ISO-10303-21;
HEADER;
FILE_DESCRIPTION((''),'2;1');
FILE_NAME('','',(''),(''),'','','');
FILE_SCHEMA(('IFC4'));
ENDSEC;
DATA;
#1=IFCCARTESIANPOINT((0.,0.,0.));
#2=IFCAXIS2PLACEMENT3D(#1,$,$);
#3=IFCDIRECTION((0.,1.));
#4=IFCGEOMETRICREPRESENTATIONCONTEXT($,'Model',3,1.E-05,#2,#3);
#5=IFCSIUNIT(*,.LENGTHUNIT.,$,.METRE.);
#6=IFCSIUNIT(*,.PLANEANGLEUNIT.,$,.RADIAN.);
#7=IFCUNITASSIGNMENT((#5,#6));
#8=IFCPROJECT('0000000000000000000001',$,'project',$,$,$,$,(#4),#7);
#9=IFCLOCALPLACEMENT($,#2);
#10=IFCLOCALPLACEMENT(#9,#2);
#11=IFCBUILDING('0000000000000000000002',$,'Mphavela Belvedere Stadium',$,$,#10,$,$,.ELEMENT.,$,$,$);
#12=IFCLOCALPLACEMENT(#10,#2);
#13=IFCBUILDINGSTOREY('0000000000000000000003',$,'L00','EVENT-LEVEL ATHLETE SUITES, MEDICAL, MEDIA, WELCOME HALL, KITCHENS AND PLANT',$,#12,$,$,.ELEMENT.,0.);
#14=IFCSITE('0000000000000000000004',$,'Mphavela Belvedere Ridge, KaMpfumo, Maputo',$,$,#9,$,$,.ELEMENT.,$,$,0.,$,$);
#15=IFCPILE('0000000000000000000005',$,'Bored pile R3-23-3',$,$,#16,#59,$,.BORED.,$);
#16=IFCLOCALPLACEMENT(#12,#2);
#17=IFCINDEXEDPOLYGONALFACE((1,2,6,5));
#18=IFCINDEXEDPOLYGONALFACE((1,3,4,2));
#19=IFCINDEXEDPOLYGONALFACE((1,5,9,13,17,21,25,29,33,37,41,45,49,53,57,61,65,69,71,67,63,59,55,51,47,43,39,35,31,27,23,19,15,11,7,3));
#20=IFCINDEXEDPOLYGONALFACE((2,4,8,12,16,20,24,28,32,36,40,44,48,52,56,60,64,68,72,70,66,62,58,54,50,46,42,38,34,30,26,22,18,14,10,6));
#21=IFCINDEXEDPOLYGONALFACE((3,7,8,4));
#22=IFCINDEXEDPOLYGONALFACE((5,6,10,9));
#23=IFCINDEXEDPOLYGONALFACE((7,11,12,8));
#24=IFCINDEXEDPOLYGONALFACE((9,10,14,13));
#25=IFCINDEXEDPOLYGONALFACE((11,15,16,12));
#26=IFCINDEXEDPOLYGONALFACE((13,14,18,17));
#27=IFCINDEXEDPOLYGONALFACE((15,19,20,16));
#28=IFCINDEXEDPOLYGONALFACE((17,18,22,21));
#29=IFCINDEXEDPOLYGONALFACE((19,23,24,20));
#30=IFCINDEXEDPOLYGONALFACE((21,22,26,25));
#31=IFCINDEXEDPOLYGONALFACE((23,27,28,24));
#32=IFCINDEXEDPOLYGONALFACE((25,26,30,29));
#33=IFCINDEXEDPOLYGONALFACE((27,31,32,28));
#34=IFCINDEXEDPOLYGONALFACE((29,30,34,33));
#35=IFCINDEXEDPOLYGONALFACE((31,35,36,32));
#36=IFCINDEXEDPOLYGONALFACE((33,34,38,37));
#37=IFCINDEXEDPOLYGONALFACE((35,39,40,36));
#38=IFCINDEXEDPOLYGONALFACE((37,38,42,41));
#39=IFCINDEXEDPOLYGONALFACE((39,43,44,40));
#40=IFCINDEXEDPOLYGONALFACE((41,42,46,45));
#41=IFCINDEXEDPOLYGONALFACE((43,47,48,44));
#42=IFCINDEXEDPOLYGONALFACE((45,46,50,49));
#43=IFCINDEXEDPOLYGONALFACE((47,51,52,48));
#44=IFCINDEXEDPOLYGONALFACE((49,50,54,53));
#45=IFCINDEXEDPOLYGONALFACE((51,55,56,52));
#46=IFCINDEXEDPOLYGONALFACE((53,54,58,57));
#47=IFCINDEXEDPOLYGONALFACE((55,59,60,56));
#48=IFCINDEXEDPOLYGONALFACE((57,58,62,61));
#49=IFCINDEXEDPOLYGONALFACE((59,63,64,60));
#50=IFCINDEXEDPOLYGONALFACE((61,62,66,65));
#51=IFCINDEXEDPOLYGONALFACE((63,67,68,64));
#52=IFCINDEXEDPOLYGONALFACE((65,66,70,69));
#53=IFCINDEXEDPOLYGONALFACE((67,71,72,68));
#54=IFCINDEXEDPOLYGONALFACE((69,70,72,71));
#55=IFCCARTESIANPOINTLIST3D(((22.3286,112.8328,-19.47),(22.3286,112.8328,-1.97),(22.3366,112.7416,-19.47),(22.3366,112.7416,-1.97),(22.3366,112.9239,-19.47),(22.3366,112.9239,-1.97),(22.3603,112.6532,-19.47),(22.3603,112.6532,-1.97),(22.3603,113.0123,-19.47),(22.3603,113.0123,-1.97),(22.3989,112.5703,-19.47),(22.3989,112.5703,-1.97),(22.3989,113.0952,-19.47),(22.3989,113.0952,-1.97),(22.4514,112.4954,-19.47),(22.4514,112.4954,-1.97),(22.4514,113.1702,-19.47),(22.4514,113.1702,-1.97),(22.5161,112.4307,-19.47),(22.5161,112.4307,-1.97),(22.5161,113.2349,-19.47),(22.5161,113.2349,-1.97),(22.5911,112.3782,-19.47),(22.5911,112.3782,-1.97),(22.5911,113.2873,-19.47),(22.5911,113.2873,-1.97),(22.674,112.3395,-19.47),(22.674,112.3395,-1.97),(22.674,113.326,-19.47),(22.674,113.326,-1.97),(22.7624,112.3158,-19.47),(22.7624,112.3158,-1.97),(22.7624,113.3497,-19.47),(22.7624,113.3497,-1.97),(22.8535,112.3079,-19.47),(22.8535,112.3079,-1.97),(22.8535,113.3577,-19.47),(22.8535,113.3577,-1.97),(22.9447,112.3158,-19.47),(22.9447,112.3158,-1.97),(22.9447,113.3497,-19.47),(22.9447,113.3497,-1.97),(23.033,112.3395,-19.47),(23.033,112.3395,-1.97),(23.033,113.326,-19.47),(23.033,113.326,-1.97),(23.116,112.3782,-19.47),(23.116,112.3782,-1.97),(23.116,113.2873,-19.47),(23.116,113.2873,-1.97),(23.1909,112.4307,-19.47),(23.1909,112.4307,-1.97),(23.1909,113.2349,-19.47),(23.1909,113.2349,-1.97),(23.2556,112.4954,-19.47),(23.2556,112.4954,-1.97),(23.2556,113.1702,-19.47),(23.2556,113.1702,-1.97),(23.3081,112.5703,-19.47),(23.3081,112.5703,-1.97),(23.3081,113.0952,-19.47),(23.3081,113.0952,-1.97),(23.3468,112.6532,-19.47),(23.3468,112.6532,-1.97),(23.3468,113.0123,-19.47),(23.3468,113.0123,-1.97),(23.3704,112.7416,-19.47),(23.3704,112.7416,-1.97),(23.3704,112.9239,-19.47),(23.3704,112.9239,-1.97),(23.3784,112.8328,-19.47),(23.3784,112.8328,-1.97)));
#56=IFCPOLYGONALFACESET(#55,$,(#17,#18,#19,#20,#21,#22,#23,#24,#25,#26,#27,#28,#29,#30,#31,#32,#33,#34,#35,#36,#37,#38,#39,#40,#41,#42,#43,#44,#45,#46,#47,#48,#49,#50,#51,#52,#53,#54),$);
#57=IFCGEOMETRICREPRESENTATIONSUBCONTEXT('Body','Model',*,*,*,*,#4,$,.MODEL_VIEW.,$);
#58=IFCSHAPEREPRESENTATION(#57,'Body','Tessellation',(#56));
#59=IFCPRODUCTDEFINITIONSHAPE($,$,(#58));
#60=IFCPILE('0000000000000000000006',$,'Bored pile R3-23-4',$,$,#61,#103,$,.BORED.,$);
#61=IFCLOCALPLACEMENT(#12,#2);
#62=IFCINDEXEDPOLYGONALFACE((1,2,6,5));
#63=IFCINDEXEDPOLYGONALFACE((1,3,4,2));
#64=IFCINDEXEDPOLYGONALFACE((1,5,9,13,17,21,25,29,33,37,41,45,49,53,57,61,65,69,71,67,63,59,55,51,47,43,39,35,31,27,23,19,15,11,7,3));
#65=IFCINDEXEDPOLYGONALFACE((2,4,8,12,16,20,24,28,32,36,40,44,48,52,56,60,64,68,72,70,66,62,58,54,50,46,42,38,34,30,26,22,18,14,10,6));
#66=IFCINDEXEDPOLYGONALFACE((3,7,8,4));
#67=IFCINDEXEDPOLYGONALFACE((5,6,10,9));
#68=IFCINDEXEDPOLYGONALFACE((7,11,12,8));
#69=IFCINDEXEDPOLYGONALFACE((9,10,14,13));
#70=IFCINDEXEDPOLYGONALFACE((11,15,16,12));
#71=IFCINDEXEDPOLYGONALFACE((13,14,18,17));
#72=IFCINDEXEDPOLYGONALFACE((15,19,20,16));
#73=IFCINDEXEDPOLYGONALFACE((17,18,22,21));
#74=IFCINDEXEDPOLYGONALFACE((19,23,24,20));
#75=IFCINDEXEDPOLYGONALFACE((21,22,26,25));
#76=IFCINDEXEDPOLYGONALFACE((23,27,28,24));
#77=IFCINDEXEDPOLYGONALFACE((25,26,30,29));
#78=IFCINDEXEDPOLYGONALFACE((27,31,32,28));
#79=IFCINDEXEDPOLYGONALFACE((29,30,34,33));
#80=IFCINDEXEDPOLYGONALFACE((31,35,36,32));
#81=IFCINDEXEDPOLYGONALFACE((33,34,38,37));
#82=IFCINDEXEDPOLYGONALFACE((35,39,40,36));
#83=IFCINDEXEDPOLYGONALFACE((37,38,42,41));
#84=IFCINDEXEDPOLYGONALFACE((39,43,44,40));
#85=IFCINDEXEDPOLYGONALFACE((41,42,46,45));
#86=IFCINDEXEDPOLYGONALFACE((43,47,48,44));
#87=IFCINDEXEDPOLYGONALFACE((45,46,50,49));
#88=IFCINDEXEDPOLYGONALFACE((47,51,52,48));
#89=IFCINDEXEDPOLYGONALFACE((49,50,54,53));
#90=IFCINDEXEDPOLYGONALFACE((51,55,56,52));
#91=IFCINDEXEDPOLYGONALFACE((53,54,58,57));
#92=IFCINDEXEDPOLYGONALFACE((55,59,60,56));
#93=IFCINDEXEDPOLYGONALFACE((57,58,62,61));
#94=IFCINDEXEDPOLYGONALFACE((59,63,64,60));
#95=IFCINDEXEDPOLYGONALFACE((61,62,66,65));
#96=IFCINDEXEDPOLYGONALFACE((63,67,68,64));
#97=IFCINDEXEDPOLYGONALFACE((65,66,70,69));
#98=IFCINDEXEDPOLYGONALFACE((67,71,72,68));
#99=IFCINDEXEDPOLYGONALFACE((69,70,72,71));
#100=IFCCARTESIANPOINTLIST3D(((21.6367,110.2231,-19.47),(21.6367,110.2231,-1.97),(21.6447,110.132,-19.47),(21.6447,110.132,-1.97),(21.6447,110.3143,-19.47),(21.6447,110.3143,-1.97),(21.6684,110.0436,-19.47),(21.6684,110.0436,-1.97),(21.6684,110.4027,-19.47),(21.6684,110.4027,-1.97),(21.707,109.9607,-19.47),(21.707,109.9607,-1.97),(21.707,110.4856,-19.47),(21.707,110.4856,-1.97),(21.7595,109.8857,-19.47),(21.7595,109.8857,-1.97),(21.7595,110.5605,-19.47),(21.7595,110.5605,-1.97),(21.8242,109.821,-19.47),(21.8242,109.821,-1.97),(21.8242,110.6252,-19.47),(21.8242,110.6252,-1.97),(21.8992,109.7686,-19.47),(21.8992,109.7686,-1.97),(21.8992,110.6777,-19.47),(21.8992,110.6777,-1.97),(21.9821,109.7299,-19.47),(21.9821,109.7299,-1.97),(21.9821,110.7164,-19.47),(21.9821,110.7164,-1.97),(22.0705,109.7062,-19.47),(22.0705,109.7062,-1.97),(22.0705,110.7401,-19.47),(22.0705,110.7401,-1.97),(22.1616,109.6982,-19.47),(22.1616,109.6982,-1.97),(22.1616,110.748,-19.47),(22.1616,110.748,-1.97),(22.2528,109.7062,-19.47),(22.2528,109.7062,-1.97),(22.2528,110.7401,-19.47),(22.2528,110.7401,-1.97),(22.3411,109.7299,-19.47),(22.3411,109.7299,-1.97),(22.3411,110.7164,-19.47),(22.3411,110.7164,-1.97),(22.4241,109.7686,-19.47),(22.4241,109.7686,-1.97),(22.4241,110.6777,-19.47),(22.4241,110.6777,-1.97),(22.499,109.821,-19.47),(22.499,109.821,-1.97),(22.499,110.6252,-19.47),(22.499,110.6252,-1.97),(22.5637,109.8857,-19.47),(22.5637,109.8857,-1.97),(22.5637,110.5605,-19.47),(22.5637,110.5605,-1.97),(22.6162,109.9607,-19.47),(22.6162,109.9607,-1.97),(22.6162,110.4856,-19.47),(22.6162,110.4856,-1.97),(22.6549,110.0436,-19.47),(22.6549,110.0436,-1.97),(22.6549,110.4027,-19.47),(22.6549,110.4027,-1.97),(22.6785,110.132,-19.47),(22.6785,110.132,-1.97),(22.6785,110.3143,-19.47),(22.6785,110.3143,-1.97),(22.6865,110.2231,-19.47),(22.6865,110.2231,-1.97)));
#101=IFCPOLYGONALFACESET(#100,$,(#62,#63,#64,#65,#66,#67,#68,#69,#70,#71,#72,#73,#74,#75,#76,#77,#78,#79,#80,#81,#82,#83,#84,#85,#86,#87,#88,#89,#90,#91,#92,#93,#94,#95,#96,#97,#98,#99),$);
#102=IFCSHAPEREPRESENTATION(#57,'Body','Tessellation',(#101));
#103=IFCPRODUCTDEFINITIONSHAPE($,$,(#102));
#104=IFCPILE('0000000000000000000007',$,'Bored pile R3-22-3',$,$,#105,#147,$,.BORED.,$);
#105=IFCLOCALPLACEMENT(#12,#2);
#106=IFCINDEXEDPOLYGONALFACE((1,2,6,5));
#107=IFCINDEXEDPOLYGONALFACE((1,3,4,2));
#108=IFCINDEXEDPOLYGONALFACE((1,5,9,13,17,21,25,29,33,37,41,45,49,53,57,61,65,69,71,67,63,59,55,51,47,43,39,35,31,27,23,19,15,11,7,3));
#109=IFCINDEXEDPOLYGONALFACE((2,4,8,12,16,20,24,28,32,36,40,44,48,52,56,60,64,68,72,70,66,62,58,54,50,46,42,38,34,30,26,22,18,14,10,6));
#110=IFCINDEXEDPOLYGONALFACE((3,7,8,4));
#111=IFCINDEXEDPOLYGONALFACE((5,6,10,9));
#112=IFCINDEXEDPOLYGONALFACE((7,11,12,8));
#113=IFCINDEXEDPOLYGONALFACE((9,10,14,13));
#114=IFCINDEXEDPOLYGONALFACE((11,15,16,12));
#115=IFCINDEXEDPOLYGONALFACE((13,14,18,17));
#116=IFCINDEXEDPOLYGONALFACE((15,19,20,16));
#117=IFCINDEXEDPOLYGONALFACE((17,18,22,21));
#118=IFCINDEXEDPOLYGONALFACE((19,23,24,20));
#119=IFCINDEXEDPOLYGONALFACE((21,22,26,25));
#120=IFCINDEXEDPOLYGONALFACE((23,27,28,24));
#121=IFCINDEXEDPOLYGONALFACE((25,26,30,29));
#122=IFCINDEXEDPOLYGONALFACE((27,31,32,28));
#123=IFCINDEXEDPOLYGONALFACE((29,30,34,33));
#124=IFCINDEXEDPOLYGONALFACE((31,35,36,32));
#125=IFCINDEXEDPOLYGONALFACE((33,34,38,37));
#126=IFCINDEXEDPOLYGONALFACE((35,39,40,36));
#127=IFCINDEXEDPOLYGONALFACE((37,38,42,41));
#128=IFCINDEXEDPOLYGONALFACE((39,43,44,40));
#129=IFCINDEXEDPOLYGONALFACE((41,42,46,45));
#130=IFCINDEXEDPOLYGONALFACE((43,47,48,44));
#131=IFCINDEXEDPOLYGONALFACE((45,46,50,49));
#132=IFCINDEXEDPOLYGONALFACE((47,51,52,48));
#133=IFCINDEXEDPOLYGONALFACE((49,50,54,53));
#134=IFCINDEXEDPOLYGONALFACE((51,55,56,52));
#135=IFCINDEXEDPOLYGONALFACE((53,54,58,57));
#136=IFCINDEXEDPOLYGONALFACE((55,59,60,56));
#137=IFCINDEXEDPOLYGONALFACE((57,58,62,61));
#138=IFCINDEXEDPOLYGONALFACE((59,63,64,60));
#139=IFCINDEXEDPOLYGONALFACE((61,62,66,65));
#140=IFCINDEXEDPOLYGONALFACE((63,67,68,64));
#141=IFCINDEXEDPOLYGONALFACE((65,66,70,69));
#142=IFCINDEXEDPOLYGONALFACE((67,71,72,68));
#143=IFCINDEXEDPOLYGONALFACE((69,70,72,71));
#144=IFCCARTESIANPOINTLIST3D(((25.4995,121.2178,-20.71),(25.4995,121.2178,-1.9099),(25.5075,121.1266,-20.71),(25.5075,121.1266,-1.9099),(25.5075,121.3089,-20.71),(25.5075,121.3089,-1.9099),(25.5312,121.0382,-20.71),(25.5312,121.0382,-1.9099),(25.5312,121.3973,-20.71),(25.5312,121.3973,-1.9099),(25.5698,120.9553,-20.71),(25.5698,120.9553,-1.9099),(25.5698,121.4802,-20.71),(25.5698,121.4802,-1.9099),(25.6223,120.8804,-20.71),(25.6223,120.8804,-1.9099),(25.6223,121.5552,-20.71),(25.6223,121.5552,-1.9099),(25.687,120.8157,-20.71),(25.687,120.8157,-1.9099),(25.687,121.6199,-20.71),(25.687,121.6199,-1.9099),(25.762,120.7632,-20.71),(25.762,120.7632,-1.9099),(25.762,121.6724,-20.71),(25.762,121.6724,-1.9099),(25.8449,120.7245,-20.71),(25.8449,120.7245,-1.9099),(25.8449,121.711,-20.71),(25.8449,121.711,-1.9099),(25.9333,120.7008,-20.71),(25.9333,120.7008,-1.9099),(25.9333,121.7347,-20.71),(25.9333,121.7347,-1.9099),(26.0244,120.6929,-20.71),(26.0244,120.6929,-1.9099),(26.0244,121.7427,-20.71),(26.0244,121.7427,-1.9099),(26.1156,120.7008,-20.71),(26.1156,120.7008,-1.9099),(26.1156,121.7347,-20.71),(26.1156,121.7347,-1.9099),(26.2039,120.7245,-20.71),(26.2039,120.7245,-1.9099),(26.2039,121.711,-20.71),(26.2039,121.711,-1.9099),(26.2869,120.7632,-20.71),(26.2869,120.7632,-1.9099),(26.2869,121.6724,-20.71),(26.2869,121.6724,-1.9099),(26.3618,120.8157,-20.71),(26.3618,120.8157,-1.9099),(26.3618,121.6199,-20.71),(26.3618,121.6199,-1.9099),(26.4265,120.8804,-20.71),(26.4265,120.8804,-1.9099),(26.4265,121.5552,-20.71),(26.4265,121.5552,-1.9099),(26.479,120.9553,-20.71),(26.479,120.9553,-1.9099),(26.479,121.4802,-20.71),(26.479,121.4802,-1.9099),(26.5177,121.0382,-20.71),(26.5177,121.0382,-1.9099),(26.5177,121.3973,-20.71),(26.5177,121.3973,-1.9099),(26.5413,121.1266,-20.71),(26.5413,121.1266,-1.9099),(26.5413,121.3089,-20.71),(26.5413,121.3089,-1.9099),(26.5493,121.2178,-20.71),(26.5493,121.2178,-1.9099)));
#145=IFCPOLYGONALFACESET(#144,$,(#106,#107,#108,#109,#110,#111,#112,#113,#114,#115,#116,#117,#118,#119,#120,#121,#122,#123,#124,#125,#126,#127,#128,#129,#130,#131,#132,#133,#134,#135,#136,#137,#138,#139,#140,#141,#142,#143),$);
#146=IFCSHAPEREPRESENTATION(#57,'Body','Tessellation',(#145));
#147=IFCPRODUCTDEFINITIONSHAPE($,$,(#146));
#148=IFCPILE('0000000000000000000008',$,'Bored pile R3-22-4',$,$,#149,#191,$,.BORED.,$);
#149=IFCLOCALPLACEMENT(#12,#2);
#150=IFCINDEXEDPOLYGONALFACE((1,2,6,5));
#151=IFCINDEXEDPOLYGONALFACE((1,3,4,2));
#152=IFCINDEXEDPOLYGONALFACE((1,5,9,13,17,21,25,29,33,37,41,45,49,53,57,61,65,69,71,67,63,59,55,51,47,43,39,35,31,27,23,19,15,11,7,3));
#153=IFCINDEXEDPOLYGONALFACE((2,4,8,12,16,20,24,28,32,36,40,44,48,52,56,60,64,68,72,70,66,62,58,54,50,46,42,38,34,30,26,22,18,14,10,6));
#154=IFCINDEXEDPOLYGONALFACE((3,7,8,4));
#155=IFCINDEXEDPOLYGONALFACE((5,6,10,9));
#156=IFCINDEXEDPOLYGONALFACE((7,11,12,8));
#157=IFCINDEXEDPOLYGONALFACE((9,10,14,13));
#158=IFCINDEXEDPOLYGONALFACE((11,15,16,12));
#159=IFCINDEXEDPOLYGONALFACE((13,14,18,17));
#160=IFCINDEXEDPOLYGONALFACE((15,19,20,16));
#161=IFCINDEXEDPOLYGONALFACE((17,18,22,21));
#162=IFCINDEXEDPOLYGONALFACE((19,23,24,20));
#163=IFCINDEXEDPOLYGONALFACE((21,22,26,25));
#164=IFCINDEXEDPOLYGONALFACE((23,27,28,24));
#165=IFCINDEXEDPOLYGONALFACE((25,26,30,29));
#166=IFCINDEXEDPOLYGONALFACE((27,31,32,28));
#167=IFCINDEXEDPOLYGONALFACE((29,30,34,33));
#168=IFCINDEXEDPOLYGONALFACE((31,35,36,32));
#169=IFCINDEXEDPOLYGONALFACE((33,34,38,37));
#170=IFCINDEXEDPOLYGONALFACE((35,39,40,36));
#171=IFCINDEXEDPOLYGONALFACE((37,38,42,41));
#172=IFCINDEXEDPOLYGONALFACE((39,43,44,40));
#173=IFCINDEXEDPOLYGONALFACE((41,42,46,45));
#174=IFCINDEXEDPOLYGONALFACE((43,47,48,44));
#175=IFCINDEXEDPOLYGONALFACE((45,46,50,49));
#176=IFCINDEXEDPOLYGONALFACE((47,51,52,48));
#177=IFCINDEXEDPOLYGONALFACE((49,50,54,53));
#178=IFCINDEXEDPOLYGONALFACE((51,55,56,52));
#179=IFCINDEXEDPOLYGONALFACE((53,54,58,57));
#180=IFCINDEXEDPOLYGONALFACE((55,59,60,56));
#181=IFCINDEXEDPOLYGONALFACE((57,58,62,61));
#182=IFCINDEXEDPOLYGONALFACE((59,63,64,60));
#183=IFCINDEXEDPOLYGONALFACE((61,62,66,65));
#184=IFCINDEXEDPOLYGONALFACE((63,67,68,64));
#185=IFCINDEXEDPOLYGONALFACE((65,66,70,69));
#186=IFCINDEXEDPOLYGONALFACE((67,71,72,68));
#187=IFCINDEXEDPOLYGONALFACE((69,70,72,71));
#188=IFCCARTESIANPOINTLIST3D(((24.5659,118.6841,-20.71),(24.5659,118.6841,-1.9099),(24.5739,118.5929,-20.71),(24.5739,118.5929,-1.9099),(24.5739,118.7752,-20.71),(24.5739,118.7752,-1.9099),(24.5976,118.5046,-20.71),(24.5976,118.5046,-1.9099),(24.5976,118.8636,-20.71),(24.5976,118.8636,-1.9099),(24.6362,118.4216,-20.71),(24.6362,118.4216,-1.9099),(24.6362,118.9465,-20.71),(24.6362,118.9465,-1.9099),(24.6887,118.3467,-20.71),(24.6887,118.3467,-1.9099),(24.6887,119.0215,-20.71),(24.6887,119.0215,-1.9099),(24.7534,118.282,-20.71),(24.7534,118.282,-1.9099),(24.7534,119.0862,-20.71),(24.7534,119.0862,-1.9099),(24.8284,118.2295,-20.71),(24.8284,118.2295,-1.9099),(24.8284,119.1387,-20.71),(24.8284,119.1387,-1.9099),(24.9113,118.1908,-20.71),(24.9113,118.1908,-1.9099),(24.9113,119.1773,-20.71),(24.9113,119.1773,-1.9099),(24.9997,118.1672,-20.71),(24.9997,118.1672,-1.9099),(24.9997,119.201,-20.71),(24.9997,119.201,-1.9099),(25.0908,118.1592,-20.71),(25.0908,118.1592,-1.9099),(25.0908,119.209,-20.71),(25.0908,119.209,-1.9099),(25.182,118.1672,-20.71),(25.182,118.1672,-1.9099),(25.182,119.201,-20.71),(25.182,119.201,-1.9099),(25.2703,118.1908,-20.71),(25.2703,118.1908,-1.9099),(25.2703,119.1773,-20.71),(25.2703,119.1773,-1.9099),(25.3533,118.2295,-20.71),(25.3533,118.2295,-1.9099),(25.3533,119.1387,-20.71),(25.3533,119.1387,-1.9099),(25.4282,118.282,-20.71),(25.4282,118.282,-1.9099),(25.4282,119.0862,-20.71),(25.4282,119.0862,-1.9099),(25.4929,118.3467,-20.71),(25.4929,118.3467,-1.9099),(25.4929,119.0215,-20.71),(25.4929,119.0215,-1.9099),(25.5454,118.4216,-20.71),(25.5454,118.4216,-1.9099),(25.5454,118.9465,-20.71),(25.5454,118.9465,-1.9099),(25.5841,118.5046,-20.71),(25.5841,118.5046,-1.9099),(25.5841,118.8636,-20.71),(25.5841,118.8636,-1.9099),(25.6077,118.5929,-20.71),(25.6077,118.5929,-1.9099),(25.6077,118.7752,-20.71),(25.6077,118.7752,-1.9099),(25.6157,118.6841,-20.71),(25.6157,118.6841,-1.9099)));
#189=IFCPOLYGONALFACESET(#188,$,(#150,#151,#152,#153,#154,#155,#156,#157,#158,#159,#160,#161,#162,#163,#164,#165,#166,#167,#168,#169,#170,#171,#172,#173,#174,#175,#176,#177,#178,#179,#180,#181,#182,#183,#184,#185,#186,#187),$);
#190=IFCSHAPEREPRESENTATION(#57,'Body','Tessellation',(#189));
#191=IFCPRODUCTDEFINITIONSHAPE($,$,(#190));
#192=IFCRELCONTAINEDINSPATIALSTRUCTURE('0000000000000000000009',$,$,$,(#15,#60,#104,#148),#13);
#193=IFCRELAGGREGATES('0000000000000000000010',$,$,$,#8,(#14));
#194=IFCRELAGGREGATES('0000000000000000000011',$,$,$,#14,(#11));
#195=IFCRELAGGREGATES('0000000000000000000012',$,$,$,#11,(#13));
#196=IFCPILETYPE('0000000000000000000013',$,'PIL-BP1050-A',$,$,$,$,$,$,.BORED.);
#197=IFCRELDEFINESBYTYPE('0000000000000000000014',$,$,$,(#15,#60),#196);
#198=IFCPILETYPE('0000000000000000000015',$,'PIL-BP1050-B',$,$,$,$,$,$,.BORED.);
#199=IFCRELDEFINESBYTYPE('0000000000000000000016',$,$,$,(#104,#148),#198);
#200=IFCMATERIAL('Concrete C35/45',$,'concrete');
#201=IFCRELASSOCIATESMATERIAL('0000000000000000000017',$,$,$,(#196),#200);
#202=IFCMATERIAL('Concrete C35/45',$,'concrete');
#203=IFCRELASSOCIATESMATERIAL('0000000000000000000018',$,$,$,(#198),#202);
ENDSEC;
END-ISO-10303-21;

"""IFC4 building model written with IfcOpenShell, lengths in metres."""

from ifc_helpers import new_model, si_unit, direction, frame, origin, origin_2d, place, context, subcontext, project, spatial, circle, extrude, material, material_profile, profile_set, type_object, element, save


model = new_model("IFC4")

# Units and contexts
model_context = context("Model", 3, precision=1e-05, world=origin(), true_north=direction((0.0, 1.0)))
body_context = subcontext(model_context, "Body", "Model", "MODEL_VIEW")
ifc_project = project(units=[si_unit("LENGTHUNIT", "METRE"), si_unit("PLANEANGLEUNIT", "RADIAN")], contexts=[model_context])

# Site, building, storey
site_placement = place(None, origin())
site = spatial("IfcSite", under=ifc_project, at=site_placement, Name="Mphavela Belvedere Ridge, KaMpfumo, Maputo", CompositionType="ELEMENT", RefElevation=0.0)
building_placement = place(site_placement, origin())
building = spatial("IfcBuilding", under=site, at=building_placement, Name="Mphavela Belvedere Stadium", CompositionType="ELEMENT")
storey_placement = place(building_placement, origin())
storey = spatial("IfcBuildingStorey", under=building, at=storey_placement, Name="L00", Description="EVENT-LEVEL ATHLETE SUITES, MEDICAL, MEDIA, WELCOME HALL, KITCHENS AND PLANT", CompositionType="ELEMENT", Elevation=0.0)

# Piles
ifc_material_1 = material(Name="Concrete C35/45", Category="concrete")
ifc_material_profile_1 = material_profile(ifc_material_1, circle(Radius=0.5249, at=origin_2d()), Name="BP D1050")
ifc_profile_set_1 = profile_set([ifc_material_profile_1], Name="Concrete C35/45")
pile_type_1 = type_object("IfcPileType", Name="PIL-BP1050-A", PredefinedType="BORED", material=ifc_profile_set_1)
for number, where, z_axis, x_axis, name in (
    (1, (22.8535, 112.8328, -1.97), (0.0, 0.0, -1.0), (1.0, 0.0, 0.0), "Bored pile R3-23-3"),
    (2, (22.1616, 110.2231, -1.97), (0.0, 0.0, -1.0), (1.0, 0.0, 0.0), "Bored pile R3-23-4"),
):
    element("IfcPile", number, at=place(storey_placement, frame(where, z_axis=z_axis, x_axis=x_axis)), inside=storey, type_object=pile_type_1, Name=name, PredefinedType="BORED", context=body_context, shape_type="SweptSolid", body=[
        extrude(circle(Radius=0.5249, at=origin_2d()), origin(), (0.0, 0.0, 1.0), 17.5),
    ])
ifc_material_2 = material(Name="Concrete C35/45", Category="concrete")
ifc_material_profile_2 = material_profile(ifc_material_2, circle(Radius=0.5249, at=origin_2d()), Name="BP D1050")
ifc_profile_set_2 = profile_set([ifc_material_profile_2], Name="Concrete C35/45")
pile_type_2 = type_object("IfcPileType", Name="PIL-BP1050-B", PredefinedType="BORED", material=ifc_profile_set_2)
for number, where, z_axis, x_axis, name in (
    (3, (26.0244, 121.2178, -1.9099), (0.0, 0.0, -1.0), (1.0, 0.0, 0.0), "Bored pile R3-22-3"),
    (4, (25.0908, 118.6841, -1.9099), (0.0, 0.0, -1.0), (1.0, 0.0, 0.0), "Bored pile R3-22-4"),
):
    element("IfcPile", number, at=place(storey_placement, frame(where, z_axis=z_axis, x_axis=x_axis)), inside=storey, type_object=pile_type_2, Name=name, PredefinedType="BORED", context=body_context, shape_type="SweptSolid", body=[
        extrude(circle(Radius=0.5249, at=origin_2d()), origin(), (0.0, 0.0, 1.0), 18.8),
    ])

save(model, "model.ifc")
